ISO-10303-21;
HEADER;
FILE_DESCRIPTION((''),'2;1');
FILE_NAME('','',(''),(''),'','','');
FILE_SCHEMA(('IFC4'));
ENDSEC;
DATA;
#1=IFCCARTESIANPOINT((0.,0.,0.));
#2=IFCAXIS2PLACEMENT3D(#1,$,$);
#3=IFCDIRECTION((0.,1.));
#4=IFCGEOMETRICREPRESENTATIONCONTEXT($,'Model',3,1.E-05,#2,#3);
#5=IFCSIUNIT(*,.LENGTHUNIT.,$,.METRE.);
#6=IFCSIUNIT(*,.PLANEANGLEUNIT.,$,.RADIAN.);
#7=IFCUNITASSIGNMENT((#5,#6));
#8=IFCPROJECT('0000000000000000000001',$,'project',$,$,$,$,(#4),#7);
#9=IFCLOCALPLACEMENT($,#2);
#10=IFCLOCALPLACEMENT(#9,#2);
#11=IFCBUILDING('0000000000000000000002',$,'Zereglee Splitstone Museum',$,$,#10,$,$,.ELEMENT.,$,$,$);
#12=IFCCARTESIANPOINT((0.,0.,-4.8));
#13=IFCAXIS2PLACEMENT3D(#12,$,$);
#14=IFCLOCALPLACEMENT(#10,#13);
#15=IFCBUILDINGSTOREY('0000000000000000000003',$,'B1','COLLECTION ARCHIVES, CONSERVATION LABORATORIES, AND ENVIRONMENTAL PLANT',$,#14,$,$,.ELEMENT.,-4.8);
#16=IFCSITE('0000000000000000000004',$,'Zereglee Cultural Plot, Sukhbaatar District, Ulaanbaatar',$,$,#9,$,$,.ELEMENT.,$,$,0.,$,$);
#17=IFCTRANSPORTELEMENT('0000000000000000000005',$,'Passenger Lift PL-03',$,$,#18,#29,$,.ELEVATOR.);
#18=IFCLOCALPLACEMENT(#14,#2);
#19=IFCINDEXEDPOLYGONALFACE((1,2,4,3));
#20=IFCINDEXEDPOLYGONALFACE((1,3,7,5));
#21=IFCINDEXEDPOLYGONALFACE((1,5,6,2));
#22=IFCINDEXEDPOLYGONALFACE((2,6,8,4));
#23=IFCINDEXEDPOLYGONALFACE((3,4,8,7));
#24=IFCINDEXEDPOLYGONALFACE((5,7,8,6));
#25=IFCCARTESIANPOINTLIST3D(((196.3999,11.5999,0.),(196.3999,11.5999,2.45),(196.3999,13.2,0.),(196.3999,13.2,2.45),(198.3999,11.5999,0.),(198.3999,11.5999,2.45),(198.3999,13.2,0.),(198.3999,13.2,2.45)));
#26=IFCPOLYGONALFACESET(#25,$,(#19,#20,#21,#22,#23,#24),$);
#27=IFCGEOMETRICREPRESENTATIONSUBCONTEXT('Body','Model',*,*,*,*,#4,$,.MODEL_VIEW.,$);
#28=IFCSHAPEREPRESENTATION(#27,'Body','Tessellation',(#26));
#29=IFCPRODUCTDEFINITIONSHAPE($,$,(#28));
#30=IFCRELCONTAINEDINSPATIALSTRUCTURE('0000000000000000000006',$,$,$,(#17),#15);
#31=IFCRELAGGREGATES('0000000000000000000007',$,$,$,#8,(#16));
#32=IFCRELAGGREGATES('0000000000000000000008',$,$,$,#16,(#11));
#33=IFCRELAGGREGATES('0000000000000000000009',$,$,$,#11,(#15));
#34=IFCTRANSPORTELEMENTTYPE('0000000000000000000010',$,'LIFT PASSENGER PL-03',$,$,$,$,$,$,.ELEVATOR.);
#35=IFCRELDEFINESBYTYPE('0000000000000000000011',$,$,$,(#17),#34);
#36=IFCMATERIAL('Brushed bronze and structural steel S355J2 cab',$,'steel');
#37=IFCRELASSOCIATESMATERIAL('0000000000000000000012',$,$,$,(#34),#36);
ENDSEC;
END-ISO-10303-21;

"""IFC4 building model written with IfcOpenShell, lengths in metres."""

from ifc_helpers import new_model, si_unit, direction, frame, origin, origin_2d, place, context, subcontext, project, spatial, rectangle, extrude, material, type_object, element, save


model = new_model("IFC4")

# Units and contexts
model_context = context("Model", 3, precision=1e-05, world=origin(), true_north=direction((0.0, 1.0)))
body_context = subcontext(model_context, "Body", "Model", "MODEL_VIEW")
ifc_project = project(units=[si_unit("LENGTHUNIT", "METRE"), si_unit("PLANEANGLEUNIT", "RADIAN")], contexts=[model_context])

# Site, building, storey
site_placement = place(None, origin())
site = spatial("IfcSite", under=ifc_project, at=site_placement, Name="Zereglee Cultural Plot, Sukhbaatar District, Ulaanbaatar", CompositionType="ELEMENT", RefElevation=0.0)
building_placement = place(site_placement, origin())
building = spatial("IfcBuilding", under=site, at=building_placement, Name="Zereglee Splitstone Museum", CompositionType="ELEMENT")
storey_placement = place(building_placement, frame((0.0, 0.0, -4.8)))
storey = spatial("IfcBuildingStorey", under=building, at=storey_placement, Name="B1", Description="COLLECTION ARCHIVES, CONSERVATION LABORATORIES, AND ENVIRONMENTAL PLANT", CompositionType="ELEMENT", Elevation=-4.8)

# Transport element
ifc_material_1 = material(Name="Brushed bronze and structural steel S355J2 cab", Category="steel")
transport_element_type = type_object("IfcTransportElementType", Name="LIFT PASSENGER PL-03", PredefinedType="ELEVATOR", material=ifc_material_1)
transport_element_placement = place(storey_placement, frame((197.3999, 12.3999, 0.0), z_axis=(0.0, 0.0, 1.0), x_axis=(1.0, 0.0, 0.0)))
element("IfcTransportElement", 1, at=transport_element_placement, inside=storey, type_object=transport_element_type, Name="Passenger Lift PL-03", PredefinedType="ELEVATOR", context=body_context, shape_type="SweptSolid", body=[
    extrude(rectangle(XDim=2.0, YDim=1.6001, at=origin_2d()), origin(), (0.0, 0.0, 1.0), 2.45),
])

save(model, "model.ifc")
